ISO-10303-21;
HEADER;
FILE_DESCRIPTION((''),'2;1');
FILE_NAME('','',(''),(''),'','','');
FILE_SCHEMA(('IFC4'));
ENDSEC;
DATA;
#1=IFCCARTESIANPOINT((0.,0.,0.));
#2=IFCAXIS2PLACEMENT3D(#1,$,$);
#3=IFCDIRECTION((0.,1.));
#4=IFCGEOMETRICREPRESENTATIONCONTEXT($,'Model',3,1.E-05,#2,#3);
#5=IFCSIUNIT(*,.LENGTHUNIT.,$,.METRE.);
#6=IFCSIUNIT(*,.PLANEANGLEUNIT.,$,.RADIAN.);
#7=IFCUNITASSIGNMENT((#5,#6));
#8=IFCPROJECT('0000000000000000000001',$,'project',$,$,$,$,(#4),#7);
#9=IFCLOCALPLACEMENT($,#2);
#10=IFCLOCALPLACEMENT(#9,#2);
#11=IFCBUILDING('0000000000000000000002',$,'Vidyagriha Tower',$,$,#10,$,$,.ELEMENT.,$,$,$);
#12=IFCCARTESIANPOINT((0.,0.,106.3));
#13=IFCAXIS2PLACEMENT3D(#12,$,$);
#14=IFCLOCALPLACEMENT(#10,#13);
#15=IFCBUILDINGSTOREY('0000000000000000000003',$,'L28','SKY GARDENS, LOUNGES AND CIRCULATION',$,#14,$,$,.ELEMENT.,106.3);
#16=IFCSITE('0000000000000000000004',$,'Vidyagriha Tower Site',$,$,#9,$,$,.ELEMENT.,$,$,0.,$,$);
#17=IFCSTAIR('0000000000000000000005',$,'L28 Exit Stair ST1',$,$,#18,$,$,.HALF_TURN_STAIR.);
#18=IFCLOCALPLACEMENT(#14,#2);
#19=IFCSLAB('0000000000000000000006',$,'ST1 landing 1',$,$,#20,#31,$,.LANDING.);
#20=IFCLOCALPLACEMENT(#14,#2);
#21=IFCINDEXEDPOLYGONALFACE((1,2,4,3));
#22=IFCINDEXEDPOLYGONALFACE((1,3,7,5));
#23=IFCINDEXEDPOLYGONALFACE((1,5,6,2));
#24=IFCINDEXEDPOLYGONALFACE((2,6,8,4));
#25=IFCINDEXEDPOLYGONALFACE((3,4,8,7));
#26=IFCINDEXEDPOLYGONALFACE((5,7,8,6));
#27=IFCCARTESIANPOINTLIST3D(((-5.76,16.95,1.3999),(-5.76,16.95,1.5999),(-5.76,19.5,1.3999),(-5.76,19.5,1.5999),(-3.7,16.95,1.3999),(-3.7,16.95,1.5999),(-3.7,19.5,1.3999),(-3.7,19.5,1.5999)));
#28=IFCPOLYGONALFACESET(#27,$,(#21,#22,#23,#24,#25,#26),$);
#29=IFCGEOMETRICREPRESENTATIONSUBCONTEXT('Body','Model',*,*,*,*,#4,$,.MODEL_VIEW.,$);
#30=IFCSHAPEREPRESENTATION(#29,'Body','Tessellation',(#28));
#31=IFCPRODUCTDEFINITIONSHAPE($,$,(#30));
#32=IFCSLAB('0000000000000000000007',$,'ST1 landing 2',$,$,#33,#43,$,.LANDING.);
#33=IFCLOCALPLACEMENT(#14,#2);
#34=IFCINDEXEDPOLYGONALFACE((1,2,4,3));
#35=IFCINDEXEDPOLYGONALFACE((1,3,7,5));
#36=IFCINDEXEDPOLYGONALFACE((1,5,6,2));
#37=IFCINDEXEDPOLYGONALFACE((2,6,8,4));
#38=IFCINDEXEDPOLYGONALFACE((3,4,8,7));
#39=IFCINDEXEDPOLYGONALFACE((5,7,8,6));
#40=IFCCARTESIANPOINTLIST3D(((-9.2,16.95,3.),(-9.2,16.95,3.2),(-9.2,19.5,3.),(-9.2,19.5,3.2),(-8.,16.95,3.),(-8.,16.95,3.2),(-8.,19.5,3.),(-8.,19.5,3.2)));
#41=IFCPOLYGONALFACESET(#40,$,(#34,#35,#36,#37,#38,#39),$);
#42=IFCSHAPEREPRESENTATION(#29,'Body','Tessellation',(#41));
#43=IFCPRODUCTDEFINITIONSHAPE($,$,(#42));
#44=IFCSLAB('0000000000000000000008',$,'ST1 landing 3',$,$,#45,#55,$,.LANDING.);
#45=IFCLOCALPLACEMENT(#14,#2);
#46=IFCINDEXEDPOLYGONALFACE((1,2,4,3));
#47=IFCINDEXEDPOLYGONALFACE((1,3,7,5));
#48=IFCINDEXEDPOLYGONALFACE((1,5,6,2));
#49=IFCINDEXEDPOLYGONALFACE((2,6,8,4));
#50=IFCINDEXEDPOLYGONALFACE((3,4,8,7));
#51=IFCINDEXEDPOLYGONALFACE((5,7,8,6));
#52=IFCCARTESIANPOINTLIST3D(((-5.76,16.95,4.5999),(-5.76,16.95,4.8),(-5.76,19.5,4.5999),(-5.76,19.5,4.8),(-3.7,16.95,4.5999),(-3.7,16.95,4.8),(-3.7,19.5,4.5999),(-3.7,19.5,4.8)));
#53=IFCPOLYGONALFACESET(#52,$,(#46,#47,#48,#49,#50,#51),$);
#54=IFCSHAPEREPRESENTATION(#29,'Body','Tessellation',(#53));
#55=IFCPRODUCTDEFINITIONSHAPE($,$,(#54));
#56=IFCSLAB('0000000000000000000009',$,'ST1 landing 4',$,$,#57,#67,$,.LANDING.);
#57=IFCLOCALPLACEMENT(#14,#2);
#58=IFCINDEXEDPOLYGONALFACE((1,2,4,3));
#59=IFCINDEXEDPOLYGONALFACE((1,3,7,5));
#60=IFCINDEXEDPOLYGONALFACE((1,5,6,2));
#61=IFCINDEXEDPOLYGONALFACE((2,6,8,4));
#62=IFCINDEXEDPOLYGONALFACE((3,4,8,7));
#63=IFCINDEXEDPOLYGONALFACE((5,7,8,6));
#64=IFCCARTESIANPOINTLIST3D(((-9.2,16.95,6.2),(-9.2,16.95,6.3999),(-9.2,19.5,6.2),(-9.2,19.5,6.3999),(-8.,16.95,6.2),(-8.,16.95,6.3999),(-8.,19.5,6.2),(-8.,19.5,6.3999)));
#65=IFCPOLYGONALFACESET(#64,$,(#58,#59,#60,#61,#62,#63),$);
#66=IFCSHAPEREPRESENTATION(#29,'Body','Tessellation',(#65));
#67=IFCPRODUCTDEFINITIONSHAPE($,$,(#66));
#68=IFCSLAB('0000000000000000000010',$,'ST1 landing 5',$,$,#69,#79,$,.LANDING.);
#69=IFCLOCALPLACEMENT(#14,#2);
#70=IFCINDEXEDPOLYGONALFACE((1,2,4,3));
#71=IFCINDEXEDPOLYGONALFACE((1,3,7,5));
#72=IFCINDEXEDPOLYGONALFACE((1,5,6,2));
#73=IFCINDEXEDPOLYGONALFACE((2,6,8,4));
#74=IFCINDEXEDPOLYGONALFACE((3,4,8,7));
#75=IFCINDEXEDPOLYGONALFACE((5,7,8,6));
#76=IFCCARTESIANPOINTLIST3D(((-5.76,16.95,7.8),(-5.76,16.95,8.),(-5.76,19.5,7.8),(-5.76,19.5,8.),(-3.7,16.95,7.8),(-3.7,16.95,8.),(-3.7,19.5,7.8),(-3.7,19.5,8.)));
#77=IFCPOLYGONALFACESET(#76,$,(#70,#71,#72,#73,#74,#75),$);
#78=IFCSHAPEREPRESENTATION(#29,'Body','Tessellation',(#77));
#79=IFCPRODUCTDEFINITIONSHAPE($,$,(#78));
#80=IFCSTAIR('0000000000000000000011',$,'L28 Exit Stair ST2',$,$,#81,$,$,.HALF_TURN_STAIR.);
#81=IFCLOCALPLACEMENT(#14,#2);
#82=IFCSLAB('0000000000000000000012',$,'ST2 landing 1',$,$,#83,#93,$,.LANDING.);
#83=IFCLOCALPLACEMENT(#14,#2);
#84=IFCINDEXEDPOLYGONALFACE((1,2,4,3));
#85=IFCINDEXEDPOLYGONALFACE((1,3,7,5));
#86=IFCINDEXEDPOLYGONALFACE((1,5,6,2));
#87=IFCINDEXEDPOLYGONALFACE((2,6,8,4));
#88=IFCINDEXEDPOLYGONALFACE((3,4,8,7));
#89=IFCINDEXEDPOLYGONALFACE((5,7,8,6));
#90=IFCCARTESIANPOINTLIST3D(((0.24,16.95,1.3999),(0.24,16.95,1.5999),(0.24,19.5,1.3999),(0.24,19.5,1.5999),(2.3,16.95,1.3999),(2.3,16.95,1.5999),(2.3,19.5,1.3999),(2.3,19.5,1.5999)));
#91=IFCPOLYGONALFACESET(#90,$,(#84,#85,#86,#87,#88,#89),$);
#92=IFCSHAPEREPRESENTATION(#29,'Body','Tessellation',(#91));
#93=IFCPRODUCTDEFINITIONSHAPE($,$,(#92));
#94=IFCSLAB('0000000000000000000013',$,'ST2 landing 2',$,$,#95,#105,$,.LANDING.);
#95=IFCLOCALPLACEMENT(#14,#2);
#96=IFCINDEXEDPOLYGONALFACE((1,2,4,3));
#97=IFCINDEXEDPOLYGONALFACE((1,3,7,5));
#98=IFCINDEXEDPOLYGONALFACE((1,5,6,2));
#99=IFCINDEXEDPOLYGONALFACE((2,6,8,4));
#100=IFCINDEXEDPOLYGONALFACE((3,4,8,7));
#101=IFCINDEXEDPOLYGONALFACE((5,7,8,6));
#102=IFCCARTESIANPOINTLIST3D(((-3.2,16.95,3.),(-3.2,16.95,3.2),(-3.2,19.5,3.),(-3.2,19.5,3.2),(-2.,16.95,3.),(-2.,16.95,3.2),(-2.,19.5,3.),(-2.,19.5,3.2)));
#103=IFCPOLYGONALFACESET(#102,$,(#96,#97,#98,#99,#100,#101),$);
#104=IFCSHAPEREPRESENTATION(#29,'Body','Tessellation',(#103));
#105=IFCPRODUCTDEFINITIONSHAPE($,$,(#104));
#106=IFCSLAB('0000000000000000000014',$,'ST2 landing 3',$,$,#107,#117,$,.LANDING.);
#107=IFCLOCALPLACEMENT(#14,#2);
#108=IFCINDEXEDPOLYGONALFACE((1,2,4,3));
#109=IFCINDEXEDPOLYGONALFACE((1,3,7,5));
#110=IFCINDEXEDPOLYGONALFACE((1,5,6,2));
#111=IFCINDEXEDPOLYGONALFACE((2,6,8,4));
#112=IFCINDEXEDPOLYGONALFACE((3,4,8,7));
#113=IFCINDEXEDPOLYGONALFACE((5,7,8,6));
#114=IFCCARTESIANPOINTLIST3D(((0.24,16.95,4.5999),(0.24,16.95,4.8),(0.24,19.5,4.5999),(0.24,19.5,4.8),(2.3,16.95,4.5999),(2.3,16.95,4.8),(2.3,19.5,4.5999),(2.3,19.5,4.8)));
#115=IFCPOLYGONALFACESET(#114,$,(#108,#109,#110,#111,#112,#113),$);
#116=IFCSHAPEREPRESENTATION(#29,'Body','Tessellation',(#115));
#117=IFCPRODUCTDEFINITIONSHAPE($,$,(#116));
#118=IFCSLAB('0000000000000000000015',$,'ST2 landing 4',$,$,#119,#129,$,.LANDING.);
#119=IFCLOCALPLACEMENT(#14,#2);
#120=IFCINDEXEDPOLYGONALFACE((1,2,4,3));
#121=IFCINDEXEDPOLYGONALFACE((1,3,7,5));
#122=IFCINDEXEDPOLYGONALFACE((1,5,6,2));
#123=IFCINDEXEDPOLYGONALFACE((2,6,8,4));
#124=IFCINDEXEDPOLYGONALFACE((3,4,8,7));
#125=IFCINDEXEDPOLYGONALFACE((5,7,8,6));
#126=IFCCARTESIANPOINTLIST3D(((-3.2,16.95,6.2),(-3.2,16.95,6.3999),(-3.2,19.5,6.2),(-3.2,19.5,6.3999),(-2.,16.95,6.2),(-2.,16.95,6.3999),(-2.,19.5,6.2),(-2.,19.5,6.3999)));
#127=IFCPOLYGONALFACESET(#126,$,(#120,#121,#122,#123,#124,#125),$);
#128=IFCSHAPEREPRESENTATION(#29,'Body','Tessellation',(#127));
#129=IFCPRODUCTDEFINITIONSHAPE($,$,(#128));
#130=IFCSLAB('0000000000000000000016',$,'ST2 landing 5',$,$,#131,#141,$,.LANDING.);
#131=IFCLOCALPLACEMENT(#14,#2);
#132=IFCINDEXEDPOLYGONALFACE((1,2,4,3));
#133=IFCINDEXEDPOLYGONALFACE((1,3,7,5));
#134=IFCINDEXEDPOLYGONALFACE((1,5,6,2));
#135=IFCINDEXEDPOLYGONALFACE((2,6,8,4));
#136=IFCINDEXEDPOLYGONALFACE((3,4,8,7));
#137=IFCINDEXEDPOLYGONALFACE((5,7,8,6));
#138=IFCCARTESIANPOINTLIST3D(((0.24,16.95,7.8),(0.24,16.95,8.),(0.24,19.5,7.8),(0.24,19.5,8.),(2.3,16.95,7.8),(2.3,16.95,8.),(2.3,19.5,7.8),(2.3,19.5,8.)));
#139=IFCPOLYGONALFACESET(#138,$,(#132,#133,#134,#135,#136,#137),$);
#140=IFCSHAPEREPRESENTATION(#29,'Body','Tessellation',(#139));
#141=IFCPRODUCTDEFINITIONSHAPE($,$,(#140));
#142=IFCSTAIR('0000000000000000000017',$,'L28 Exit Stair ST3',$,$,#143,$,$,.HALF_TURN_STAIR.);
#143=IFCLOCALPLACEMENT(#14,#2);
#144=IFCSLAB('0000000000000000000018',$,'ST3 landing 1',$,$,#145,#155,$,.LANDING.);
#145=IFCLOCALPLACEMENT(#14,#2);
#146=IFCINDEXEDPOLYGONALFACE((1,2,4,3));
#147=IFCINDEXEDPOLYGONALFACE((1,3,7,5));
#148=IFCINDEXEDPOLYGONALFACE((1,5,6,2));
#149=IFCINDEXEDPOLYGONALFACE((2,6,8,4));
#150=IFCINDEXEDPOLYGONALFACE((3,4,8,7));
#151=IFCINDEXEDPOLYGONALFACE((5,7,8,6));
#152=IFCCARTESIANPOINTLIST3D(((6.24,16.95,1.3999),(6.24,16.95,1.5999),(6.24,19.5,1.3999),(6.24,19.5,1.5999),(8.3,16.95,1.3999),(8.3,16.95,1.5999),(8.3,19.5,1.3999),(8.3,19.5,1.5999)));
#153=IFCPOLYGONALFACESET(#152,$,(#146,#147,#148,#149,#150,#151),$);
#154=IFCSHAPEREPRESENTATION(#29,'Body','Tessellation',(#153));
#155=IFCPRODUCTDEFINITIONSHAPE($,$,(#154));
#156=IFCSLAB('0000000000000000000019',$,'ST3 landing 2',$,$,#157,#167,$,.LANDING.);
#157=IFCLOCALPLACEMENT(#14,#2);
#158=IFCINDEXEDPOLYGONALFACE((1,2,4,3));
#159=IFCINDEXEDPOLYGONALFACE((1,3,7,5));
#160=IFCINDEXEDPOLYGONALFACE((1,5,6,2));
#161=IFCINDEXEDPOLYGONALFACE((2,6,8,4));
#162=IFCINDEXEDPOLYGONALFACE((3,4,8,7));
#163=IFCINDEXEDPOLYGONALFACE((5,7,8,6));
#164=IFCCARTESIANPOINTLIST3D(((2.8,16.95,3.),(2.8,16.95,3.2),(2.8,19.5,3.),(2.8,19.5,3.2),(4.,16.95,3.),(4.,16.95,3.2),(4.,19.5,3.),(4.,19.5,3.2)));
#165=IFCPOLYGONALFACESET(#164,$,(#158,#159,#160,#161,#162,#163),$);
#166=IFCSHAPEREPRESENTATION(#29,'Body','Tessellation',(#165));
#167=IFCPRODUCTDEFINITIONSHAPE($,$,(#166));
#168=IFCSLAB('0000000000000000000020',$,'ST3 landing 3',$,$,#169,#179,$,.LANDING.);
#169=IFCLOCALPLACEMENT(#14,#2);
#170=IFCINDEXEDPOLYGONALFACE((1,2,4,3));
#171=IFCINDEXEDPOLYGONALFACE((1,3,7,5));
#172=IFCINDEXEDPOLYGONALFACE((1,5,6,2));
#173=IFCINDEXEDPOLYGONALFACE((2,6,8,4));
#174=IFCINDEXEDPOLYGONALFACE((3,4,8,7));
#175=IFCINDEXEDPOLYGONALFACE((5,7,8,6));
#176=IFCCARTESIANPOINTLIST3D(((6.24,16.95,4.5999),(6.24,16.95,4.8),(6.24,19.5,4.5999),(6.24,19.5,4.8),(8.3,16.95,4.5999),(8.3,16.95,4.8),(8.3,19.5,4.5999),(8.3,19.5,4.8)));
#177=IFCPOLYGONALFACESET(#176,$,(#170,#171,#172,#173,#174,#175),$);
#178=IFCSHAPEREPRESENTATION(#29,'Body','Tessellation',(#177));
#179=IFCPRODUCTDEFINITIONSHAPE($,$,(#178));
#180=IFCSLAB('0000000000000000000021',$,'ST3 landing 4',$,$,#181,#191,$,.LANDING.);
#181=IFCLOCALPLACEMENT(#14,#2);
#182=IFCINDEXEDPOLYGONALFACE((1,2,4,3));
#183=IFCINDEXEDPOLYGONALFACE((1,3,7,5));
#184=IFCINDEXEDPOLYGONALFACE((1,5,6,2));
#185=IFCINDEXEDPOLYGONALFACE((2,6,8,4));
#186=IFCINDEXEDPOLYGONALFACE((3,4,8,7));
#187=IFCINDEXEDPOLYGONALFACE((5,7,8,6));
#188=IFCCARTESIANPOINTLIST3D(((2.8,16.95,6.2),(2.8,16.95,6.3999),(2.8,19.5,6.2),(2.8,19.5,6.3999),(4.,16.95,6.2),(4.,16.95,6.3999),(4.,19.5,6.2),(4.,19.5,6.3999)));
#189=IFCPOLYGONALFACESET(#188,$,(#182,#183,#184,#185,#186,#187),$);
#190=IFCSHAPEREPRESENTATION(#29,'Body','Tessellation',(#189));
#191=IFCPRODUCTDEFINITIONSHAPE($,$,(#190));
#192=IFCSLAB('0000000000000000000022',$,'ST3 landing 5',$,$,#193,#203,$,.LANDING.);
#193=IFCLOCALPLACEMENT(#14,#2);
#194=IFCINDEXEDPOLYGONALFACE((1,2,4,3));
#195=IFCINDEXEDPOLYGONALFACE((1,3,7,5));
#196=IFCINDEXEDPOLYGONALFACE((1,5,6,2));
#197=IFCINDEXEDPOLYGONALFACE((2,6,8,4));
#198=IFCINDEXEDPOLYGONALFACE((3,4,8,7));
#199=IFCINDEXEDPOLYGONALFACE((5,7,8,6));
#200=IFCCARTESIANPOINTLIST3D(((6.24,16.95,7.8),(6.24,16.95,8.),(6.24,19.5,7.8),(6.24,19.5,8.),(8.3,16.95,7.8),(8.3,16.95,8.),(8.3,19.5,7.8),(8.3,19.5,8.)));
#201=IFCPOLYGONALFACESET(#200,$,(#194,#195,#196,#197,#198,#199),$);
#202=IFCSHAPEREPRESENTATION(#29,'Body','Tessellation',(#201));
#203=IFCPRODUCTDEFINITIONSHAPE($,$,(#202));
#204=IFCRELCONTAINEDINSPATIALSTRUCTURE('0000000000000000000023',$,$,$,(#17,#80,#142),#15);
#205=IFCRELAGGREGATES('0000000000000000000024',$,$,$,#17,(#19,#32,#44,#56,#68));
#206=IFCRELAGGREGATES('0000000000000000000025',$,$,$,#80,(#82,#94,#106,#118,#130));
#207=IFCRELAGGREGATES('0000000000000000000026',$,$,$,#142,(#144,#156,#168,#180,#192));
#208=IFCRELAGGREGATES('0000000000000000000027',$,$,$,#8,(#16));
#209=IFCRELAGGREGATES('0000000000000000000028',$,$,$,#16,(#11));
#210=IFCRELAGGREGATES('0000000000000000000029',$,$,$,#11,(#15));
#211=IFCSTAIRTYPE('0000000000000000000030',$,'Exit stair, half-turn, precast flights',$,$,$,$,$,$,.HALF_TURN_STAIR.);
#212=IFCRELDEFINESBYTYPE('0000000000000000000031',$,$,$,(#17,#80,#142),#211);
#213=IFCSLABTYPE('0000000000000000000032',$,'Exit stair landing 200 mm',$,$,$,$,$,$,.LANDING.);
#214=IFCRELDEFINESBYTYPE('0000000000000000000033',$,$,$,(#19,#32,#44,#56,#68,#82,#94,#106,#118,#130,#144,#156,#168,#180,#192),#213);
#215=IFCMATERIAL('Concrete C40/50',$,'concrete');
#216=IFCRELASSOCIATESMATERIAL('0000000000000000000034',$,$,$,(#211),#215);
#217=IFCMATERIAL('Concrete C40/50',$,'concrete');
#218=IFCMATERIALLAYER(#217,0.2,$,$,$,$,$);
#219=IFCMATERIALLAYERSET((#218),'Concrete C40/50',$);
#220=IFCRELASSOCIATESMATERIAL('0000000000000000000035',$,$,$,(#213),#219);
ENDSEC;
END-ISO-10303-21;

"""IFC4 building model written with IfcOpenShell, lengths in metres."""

from ifc_helpers import new_model, si_unit, direction, frame, origin, place, context, subcontext, project, spatial, polyline, outline, extrude, material, layer, layer_set, type_object, element, aggregate, save


model = new_model("IFC4")

# Units and contexts
model_context = context("Model", 3, precision=1e-05, world=origin(), true_north=direction((0.0, 1.0)))
body_context = subcontext(model_context, "Body", "Model", "MODEL_VIEW")
ifc_project = project(units=[si_unit("LENGTHUNIT", "METRE"), si_unit("PLANEANGLEUNIT", "RADIAN")], contexts=[model_context])

# Site, building, storey
site_placement = place(None, origin())
site = spatial("IfcSite", under=ifc_project, at=site_placement, Name="Vidyagriha Tower Site", CompositionType="ELEMENT", RefElevation=0.0)
building_placement = place(site_placement, origin())
building = spatial("IfcBuilding", under=site, at=building_placement, Name="Vidyagriha Tower", CompositionType="ELEMENT")
storey_placement = place(building_placement, frame((0.0, 0.0, 106.3)))
storey = spatial("IfcBuildingStorey", under=building, at=storey_placement, Name="L28", Description="SKY GARDENS, LOUNGES AND CIRCULATION", CompositionType="ELEMENT", Elevation=106.3)

# Stairs, slabs
ifc_material_1 = material(Name="Concrete C40/50", Category="concrete")
stair_type = type_object("IfcStairType", Name="Exit stair, half-turn, precast flights", PredefinedType="HALF_TURN_STAIR", material=ifc_material_1)
stair_1_placement = place(storey_placement, origin())
stair_1 = element("IfcStair", 1, at=stair_1_placement, inside=storey, type_object=stair_type, Name="L28 Exit Stair ST1", PredefinedType="HALF_TURN_STAIR")
ifc_material_2 = material(Name="Concrete C40/50", Category="concrete")
ifc_layer_1 = layer(ifc_material_2, 0.2)
ifc_layer_set_1 = layer_set([ifc_layer_1], Name="Concrete C40/50")
slab_type = type_object("IfcSlabType", Name="Exit stair landing 200 mm", PredefinedType="LANDING", material=ifc_layer_set_1)
slab_1_placement = place(storey_placement, frame((0.0, 0.0, 1.3999)))
slab_1 = element("IfcSlab", 2, at=slab_1_placement, type_object=slab_type, Name="ST1 landing 1", PredefinedType="LANDING", context=body_context, shape_type="SweptSolid", body=[
    extrude(outline(polyline([(-5.76, 16.95), (-3.7, 16.95), (-3.7, 19.5), (-5.76, 19.5), (-5.76, 16.95)])), origin(), (0.0, 0.0, 1.0), 0.2),
])
slab_2_placement = place(storey_placement, frame((0.0, 0.0, 3.0)))
slab_2 = element("IfcSlab", 3, at=slab_2_placement, type_object=slab_type, Name="ST1 landing 2", PredefinedType="LANDING", context=body_context, shape_type="SweptSolid", body=[
    extrude(outline(polyline([(-9.2, 16.95), (-8.0, 16.95), (-8.0, 19.5), (-9.2, 19.5), (-9.2, 16.95)])), origin(), (0.0, 0.0, 1.0), 0.2),
])
slab_3_placement = place(storey_placement, frame((0.0, 0.0, 4.5999)))
slab_3 = element("IfcSlab", 4, at=slab_3_placement, type_object=slab_type, Name="ST1 landing 3", PredefinedType="LANDING", context=body_context, shape_type="SweptSolid", body=[
    extrude(outline(polyline([(-5.76, 16.95), (-3.7, 16.95), (-3.7, 19.5), (-5.76, 19.5), (-5.76, 16.95)])), origin(), (0.0, 0.0, 1.0), 0.2002),
])
slab_4_placement = place(storey_placement, frame((0.0, 0.0, 6.2)))
slab_4 = element("IfcSlab", 5, at=slab_4_placement, type_object=slab_type, Name="ST1 landing 4", PredefinedType="LANDING", context=body_context, shape_type="SweptSolid", body=[
    extrude(outline(polyline([(-9.2, 16.95), (-8.0, 16.95), (-8.0, 19.5), (-9.2, 19.5), (-9.2, 16.95)])), origin(), (0.0, 0.0, 1.0), 0.2),
])
slab_5_placement = place(storey_placement, frame((0.0, 0.0, 7.8)))
slab_5 = element("IfcSlab", 6, at=slab_5_placement, type_object=slab_type, Name="ST1 landing 5", PredefinedType="LANDING", context=body_context, shape_type="SweptSolid", body=[
    extrude(outline(polyline([(-5.76, 16.95), (-3.7, 16.95), (-3.7, 19.5), (-5.76, 19.5), (-5.76, 16.95)])), origin(), (0.0, 0.0, 1.0), 0.2),
])
aggregate(stair_1, [slab_1, slab_2, slab_3, slab_4, slab_5])
stair_2_placement = place(storey_placement, origin())
stair_2 = element("IfcStair", 7, at=stair_2_placement, inside=storey, type_object=stair_type, Name="L28 Exit Stair ST2", PredefinedType="HALF_TURN_STAIR")
slab_6_placement = place(storey_placement, frame((0.0, 0.0, 1.3999)))
slab_6 = element("IfcSlab", 8, at=slab_6_placement, type_object=slab_type, Name="ST2 landing 1", PredefinedType="LANDING", context=body_context, shape_type="SweptSolid", body=[
    extrude(outline(polyline([(0.24, 16.95), (2.3, 16.95), (2.3, 19.5), (0.24, 19.5), (0.24, 16.95)])), origin(), (0.0, 0.0, 1.0), 0.2),
])
slab_7_placement = place(storey_placement, frame((0.0, 0.0, 3.0)))
slab_7 = element("IfcSlab", 9, at=slab_7_placement, type_object=slab_type, Name="ST2 landing 2", PredefinedType="LANDING", context=body_context, shape_type="SweptSolid", body=[
    extrude(outline(polyline([(-3.2, 16.95), (-2.0, 16.95), (-2.0, 19.5), (-3.2, 19.5), (-3.2, 16.95)])), origin(), (0.0, 0.0, 1.0), 0.2),
])
slab_8_placement = place(storey_placement, frame((0.0, 0.0, 4.5999)))
slab_8 = element("IfcSlab", 10, at=slab_8_placement, type_object=slab_type, Name="ST2 landing 3", PredefinedType="LANDING", context=body_context, shape_type="SweptSolid", body=[
    extrude(outline(polyline([(0.24, 16.95), (2.3, 16.95), (2.3, 19.5), (0.24, 19.5), (0.24, 16.95)])), origin(), (0.0, 0.0, 1.0), 0.2002),
])
slab_9_placement = place(storey_placement, frame((0.0, 0.0, 6.2)))
slab_9 = element("IfcSlab", 11, at=slab_9_placement, type_object=slab_type, Name="ST2 landing 4", PredefinedType="LANDING", context=body_context, shape_type="SweptSolid", body=[
    extrude(outline(polyline([(-3.2, 16.95), (-2.0, 16.95), (-2.0, 19.5), (-3.2, 19.5), (-3.2, 16.95)])), origin(), (0.0, 0.0, 1.0), 0.2),
])
slab_10_placement = place(storey_placement, frame((0.0, 0.0, 7.8)))
slab_10 = element("IfcSlab", 12, at=slab_10_placement, type_object=slab_type, Name="ST2 landing 5", PredefinedType="LANDING", context=body_context, shape_type="SweptSolid", body=[
    extrude(outline(polyline([(0.24, 16.95), (2.3, 16.95), (2.3, 19.5), (0.24, 19.5), (0.24, 16.95)])), origin(), (0.0, 0.0, 1.0), 0.2),
])
aggregate(stair_2, [slab_6, slab_7, slab_8, slab_9, slab_10])
stair_3_placement = place(storey_placement, origin())
stair_3 = element("IfcStair", 13, at=stair_3_placement, inside=storey, type_object=stair_type, Name="L28 Exit Stair ST3", PredefinedType="HALF_TURN_STAIR")
slab_11_placement = place(storey_placement, frame((0.0, 0.0, 1.3999)))
slab_11 = element("IfcSlab", 14, at=slab_11_placement, type_object=slab_type, Name="ST3 landing 1", PredefinedType="LANDING", context=body_context, shape_type="SweptSolid", body=[
    extrude(outline(polyline([(6.24, 16.95), (8.3, 16.95), (8.3, 19.5), (6.24, 19.5), (6.24, 16.95)])), origin(), (0.0, 0.0, 1.0), 0.2),
])
slab_12_placement = place(storey_placement, frame((0.0, 0.0, 3.0)))
slab_12 = element("IfcSlab", 15, at=slab_12_placement, type_object=slab_type, Name="ST3 landing 2", PredefinedType="LANDING", context=body_context, shape_type="SweptSolid", body=[
    extrude(outline(polyline([(2.8, 16.95), (4.0, 16.95), (4.0, 19.5), (2.8, 19.5), (2.8, 16.95)])), origin(), (0.0, 0.0, 1.0), 0.2),
])
slab_13_placement = place(storey_placement, frame((0.0, 0.0, 4.5999)))
slab_13 = element("IfcSlab", 16, at=slab_13_placement, type_object=slab_type, Name="ST3 landing 3", PredefinedType="LANDING", context=body_context, shape_type="SweptSolid", body=[
    extrude(outline(polyline([(6.24, 16.95), (8.3, 16.95), (8.3, 19.5), (6.24, 19.5), (6.24, 16.95)])), origin(), (0.0, 0.0, 1.0), 0.2002),
])
slab_14_placement = place(storey_placement, frame((0.0, 0.0, 6.2)))
slab_14 = element("IfcSlab", 17, at=slab_14_placement, type_object=slab_type, Name="ST3 landing 4", PredefinedType="LANDING", context=body_context, shape_type="SweptSolid", body=[
    extrude(outline(polyline([(2.8, 16.95), (4.0, 16.95), (4.0, 19.5), (2.8, 19.5), (2.8, 16.95)])), origin(), (0.0, 0.0, 1.0), 0.2),
])
slab_15_placement = place(storey_placement, frame((0.0, 0.0, 7.8)))
slab_15 = element("IfcSlab", 18, at=slab_15_placement, type_object=slab_type, Name="ST3 landing 5", PredefinedType="LANDING", context=body_context, shape_type="SweptSolid", body=[
    extrude(outline(polyline([(6.24, 16.95), (8.3, 16.95), (8.3, 19.5), (6.24, 19.5), (6.24, 16.95)])), origin(), (0.0, 0.0, 1.0), 0.2),
])
aggregate(stair_3, [slab_11, slab_12, slab_13, slab_14, slab_15])

save(model, "model.ifc")
